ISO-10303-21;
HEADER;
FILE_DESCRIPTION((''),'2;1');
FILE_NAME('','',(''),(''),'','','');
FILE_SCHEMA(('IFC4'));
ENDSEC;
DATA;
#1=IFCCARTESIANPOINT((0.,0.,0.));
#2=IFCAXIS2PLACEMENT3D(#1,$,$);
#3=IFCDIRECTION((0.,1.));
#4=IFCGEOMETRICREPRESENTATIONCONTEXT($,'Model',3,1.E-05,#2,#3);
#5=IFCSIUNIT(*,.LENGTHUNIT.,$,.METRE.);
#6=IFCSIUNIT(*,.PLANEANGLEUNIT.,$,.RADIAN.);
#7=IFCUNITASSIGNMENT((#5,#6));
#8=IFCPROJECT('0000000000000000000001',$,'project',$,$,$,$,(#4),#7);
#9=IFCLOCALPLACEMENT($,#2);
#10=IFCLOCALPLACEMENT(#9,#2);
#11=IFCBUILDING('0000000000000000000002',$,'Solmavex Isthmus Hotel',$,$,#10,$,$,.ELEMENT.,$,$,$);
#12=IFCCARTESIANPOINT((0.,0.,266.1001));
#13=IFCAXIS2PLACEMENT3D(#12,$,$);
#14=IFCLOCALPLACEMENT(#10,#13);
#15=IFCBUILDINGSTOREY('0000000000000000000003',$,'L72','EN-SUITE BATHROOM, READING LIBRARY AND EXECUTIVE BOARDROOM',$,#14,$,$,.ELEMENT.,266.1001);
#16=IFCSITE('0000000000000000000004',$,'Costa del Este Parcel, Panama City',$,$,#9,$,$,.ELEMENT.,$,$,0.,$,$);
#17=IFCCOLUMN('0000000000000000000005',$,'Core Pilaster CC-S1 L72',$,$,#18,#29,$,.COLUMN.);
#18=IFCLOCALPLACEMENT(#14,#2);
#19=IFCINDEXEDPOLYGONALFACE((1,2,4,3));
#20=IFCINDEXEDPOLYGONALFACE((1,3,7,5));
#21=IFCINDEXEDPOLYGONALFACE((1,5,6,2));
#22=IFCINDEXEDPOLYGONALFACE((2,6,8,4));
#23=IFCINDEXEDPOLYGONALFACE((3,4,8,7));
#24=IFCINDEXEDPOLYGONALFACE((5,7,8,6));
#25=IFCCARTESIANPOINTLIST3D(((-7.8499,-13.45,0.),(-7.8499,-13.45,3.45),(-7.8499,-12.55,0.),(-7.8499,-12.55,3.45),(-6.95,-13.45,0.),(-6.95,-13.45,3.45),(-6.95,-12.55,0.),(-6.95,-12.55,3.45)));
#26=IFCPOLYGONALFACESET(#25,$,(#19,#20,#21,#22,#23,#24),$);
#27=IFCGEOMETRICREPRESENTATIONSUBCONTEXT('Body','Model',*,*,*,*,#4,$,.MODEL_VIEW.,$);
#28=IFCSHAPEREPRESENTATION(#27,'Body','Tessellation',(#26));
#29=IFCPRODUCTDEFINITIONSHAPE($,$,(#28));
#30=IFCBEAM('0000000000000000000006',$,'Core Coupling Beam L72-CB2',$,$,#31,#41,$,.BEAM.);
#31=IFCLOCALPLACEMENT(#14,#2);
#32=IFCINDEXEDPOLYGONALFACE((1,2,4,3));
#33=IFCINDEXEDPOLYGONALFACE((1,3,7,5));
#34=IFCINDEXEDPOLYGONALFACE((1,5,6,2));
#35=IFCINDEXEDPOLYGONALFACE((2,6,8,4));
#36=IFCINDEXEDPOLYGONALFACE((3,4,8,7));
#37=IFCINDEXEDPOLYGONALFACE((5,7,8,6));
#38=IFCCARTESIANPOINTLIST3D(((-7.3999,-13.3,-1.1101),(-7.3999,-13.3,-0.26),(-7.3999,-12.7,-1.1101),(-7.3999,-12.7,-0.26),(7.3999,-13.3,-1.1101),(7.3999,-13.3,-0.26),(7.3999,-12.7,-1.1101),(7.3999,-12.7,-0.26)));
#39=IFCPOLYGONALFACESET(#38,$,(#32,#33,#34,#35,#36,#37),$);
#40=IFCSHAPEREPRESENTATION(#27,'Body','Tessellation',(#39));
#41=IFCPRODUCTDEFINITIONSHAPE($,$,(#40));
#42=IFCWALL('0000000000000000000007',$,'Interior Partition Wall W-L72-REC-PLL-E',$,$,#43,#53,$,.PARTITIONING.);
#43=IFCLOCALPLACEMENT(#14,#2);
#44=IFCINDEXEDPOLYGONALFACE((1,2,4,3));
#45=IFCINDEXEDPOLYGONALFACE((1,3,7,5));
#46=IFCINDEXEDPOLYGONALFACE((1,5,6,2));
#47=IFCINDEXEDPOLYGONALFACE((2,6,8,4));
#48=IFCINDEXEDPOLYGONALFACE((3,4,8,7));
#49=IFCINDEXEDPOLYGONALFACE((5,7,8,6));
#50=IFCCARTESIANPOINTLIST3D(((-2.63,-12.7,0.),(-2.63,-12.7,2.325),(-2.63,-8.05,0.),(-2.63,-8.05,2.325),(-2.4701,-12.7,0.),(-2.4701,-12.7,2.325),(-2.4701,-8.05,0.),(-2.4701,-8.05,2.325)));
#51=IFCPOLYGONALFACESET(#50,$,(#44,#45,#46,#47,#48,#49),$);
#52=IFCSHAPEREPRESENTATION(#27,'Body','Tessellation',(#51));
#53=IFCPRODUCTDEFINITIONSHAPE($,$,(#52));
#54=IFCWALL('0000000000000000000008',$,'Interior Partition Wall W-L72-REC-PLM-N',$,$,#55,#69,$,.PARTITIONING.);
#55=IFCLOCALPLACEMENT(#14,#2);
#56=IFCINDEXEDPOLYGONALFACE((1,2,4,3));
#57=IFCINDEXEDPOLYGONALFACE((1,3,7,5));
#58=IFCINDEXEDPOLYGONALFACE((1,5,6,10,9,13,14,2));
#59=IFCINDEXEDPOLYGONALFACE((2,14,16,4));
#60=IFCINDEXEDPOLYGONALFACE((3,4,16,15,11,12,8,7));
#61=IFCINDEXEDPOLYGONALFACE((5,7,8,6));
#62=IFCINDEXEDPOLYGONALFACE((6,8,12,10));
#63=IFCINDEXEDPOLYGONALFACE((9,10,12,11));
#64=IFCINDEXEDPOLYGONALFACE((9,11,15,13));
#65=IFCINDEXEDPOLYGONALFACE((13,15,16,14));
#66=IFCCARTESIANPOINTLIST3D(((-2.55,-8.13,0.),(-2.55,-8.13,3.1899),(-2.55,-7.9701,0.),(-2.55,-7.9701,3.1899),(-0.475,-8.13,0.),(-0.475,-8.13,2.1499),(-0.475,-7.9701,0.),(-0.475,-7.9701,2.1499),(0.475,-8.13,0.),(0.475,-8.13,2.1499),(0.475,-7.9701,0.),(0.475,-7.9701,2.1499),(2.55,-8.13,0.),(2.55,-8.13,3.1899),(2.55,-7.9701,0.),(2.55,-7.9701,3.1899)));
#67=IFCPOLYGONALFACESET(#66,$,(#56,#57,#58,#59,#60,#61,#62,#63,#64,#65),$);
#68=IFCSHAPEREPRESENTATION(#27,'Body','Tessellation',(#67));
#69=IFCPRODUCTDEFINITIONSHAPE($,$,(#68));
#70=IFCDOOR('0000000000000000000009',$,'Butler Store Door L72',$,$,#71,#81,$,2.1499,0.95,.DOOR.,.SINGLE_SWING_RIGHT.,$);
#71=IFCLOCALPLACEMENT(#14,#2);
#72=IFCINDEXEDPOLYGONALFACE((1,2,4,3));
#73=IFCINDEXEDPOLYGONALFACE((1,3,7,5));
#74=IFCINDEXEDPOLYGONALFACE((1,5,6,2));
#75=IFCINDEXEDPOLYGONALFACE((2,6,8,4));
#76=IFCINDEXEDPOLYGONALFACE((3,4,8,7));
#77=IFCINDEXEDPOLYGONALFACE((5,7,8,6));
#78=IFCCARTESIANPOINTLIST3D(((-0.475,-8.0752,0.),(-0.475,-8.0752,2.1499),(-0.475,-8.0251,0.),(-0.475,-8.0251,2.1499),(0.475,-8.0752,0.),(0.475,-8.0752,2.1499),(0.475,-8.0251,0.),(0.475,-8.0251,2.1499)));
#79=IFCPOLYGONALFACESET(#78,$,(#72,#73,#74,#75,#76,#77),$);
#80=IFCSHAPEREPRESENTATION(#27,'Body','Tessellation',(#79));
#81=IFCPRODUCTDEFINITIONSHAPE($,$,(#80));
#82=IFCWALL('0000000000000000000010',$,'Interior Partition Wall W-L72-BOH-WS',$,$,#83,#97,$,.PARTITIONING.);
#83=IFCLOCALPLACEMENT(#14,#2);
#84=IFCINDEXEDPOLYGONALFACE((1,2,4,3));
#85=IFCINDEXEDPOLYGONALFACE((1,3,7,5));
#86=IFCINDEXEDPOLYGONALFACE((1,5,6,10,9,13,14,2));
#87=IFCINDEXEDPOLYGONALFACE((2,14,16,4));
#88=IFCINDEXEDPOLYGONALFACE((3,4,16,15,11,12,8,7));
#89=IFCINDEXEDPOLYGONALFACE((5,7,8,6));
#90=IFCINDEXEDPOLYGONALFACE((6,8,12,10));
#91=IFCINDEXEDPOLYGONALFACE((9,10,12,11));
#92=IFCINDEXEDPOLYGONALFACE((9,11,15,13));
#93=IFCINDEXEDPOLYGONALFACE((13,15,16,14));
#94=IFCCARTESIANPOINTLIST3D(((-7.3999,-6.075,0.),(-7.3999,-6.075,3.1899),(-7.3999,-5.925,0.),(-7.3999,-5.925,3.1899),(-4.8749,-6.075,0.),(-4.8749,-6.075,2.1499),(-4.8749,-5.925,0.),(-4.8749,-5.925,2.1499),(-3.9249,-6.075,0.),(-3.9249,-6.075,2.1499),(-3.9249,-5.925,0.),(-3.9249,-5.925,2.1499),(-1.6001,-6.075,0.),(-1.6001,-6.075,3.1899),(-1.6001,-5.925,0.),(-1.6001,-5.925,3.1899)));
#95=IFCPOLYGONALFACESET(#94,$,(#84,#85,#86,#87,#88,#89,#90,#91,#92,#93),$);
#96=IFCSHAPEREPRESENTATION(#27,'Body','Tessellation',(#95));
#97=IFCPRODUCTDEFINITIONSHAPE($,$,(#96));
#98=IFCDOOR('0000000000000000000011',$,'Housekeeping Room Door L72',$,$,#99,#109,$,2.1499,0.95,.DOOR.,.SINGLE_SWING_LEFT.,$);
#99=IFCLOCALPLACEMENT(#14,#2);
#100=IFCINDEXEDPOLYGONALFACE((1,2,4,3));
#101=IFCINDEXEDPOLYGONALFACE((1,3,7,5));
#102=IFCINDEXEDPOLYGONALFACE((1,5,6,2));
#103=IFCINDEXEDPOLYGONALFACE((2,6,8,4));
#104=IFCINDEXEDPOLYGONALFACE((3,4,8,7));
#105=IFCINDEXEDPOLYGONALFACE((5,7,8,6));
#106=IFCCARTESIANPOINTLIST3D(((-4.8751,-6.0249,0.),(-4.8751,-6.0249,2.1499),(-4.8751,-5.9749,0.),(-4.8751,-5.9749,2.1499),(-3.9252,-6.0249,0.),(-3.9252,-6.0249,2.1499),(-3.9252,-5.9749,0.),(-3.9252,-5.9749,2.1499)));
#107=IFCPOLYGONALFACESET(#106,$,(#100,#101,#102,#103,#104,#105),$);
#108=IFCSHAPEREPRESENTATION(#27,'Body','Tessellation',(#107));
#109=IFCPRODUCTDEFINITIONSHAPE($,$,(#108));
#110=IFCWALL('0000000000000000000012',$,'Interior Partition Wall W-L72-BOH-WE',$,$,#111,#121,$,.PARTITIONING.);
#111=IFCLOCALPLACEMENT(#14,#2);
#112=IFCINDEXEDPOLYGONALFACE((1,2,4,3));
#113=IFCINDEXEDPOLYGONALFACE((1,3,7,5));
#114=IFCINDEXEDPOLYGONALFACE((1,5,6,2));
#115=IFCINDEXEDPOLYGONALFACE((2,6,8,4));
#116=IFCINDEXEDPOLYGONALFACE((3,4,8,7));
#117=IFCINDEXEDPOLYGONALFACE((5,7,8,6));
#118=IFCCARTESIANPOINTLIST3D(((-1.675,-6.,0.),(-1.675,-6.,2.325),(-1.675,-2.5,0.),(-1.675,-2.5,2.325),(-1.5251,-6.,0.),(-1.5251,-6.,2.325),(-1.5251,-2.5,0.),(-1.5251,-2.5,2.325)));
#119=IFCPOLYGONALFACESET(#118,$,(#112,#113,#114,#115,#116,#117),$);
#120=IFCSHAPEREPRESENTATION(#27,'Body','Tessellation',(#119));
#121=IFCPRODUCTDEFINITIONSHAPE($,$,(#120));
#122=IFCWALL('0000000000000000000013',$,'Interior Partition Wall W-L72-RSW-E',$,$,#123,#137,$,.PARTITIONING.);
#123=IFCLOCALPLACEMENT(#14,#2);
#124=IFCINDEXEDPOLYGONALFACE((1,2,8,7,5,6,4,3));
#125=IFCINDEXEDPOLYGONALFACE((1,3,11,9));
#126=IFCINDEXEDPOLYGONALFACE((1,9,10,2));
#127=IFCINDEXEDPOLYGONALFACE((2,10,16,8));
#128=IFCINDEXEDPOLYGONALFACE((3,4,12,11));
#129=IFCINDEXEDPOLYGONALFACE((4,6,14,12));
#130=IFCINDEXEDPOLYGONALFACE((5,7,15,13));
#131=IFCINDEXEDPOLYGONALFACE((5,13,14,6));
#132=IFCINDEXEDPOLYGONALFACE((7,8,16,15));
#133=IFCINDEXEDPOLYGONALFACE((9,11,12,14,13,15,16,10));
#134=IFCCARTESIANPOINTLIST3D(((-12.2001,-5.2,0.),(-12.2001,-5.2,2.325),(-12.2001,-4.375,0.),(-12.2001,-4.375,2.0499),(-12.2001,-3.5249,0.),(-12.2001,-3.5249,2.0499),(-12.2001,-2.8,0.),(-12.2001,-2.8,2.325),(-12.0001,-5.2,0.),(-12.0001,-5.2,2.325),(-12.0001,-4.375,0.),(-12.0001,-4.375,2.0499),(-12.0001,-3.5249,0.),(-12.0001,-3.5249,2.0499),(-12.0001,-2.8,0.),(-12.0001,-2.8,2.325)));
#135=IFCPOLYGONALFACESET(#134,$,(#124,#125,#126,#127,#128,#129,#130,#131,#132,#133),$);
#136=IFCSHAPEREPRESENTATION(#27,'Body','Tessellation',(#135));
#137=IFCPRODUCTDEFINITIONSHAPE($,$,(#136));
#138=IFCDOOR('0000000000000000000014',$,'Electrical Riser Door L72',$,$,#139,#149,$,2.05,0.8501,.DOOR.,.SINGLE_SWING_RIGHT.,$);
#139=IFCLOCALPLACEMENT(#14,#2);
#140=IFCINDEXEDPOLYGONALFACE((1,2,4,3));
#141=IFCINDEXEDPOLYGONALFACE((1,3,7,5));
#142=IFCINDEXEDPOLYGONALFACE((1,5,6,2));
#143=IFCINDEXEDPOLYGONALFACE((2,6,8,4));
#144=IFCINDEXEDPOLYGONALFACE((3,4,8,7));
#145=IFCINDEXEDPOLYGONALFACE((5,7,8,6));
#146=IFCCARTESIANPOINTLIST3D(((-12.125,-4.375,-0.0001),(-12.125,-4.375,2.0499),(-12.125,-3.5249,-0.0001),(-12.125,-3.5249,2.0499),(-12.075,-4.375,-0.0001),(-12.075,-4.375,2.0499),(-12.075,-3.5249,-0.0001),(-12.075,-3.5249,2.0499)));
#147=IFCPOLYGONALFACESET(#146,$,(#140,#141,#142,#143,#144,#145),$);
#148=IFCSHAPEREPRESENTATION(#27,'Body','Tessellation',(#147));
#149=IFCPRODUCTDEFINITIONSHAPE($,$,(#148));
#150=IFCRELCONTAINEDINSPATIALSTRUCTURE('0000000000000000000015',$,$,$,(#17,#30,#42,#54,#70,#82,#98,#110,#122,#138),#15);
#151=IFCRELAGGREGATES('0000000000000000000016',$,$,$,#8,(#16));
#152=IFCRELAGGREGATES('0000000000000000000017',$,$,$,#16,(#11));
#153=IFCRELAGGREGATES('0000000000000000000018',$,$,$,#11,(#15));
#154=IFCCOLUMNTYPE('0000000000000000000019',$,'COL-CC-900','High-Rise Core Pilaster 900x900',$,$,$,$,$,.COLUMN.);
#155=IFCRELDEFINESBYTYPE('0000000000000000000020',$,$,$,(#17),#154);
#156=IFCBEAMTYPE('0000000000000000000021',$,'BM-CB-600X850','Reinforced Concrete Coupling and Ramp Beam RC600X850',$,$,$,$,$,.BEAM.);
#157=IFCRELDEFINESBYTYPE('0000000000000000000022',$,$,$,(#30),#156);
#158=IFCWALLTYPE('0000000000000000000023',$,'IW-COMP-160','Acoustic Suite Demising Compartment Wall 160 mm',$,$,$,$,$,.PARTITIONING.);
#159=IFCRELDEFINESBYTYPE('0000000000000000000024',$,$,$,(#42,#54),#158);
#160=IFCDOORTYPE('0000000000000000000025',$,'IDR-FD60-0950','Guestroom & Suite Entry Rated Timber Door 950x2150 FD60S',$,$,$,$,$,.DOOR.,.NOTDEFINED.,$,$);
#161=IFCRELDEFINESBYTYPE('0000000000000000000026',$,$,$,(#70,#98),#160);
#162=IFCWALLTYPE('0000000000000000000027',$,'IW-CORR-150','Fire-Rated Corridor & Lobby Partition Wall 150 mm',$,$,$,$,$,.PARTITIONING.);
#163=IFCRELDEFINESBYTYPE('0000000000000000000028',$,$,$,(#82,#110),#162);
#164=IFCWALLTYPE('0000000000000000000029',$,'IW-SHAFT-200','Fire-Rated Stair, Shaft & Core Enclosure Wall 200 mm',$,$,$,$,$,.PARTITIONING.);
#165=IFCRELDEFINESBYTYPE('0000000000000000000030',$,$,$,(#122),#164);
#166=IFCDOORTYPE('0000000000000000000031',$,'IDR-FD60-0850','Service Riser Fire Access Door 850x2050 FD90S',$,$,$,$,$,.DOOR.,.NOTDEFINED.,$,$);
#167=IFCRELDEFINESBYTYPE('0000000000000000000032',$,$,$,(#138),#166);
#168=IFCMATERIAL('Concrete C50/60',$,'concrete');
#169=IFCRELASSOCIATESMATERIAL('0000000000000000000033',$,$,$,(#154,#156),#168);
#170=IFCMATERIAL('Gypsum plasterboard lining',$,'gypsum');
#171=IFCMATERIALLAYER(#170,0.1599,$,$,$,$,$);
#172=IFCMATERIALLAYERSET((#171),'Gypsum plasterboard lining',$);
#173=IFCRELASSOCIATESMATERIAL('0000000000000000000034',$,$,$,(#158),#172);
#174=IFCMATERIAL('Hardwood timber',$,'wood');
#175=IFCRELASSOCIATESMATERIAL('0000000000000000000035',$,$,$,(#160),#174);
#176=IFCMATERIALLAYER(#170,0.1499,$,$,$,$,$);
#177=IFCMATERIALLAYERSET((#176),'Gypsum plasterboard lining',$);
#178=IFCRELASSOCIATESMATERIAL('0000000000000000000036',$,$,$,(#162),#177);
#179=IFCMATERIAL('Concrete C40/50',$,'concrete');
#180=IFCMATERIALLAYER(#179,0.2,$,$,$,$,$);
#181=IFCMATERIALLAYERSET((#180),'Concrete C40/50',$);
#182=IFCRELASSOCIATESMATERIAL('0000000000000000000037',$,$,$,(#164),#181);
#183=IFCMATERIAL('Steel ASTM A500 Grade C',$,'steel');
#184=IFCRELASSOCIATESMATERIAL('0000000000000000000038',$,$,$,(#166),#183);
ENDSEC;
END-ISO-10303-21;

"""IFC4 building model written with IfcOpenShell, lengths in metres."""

from ifc_helpers import new_model, si_unit, direction, frame, frame_2d, origin, origin_2d, place, context, subcontext, project, spatial, rectangle, extrude, material, layer, layer_set, material_profile, profile_set, type_object, element, fill, save


model = new_model("IFC4")

# Units and contexts
model_context = context("Model", 3, precision=1e-05, world=origin(), true_north=direction((0.0, 1.0)))
body_context = subcontext(model_context, "Body", "Model", "MODEL_VIEW")
ifc_project = project(units=[si_unit("LENGTHUNIT", "METRE"), si_unit("PLANEANGLEUNIT", "RADIAN")], contexts=[model_context])

# Site, building, storey
site_placement = place(None, origin())
site = spatial("IfcSite", under=ifc_project, at=site_placement, Name="Costa del Este Parcel, Panama City", CompositionType="ELEMENT", RefElevation=0.0)
building_placement = place(site_placement, origin())
building = spatial("IfcBuilding", under=site, at=building_placement, Name="Solmavex Isthmus Hotel", CompositionType="ELEMENT")
storey_placement = place(building_placement, frame((0.0, 0.0, 266.1001)))
storey = spatial("IfcBuildingStorey", under=building, at=storey_placement, Name="L72", Description="EN-SUITE BATHROOM, READING LIBRARY AND EXECUTIVE BOARDROOM", CompositionType="ELEMENT", Elevation=266.1001)

# Column
ifc_material_1 = material(Name="Concrete C50/60", Category="concrete")
ifc_material_profile_1 = material_profile(ifc_material_1, rectangle(XDim=0.8999, YDim=0.8999, at=origin_2d()), Name="RC900X900")
ifc_profile_set_1 = profile_set([ifc_material_profile_1], Name="Concrete C50/60")
column_type = type_object("IfcColumnType", Name="COL-CC-900", Description="High-Rise Core Pilaster 900x900", PredefinedType="COLUMN", material=ifc_profile_set_1)
column_placement = place(storey_placement, frame((-7.3999, -13.0, 0.0), z_axis=(0.0, 0.0, 1.0), x_axis=(1.0, 0.0, 0.0)))
element("IfcColumn", 1, at=column_placement, inside=storey, type_object=column_type, Name="Core Pilaster CC-S1 L72", PredefinedType="COLUMN", context=body_context, shape_type="SweptSolid", body=[
    extrude(rectangle(XDim=0.8999, YDim=0.8999, at=origin_2d()), origin(), (0.0, 0.0, 1.0), 3.45),
])

# Beam
ifc_material_profile_2 = material_profile(ifc_material_1, rectangle(XDim=0.6001, YDim=0.8501, at=origin_2d()), Name="RC600X850")
ifc_profile_set_2 = profile_set([ifc_material_profile_2], Name="Concrete C50/60")
beam_type = type_object("IfcBeamType", Name="BM-CB-600X850", Description="Reinforced Concrete Coupling and Ramp Beam RC600X850", PredefinedType="BEAM", material=ifc_profile_set_2)
beam_placement = place(storey_placement, frame((-7.3999, -13.0, -0.6851), z_axis=(1.0, 0.0, 0.0), x_axis=(0.0, 1.0, 0.0)))
element("IfcBeam", 2, at=beam_placement, inside=storey, type_object=beam_type, Name="Core Coupling Beam L72-CB2", PredefinedType="BEAM", context=body_context, shape_type="SweptSolid", body=[
    extrude(rectangle(XDim=0.6001, YDim=0.8501, at=origin_2d()), origin(), (0.0, 0.0, 1.0), 14.7998),
])

# Shared definitions
ifc_material_2 = material(Name="Gypsum plasterboard lining", Category="gypsum")
ifc_layer_1 = layer(ifc_material_2, 0.1599)
ifc_layer_set_1 = layer_set([ifc_layer_1], Name="Gypsum plasterboard lining")
wall_type_1 = type_object("IfcWallType", Name="IW-COMP-160", Description="Acoustic Suite Demising Compartment Wall 160 mm", PredefinedType="PARTITIONING", material=ifc_layer_set_1)
ifc_material_3 = material(Name="Hardwood timber", Category="wood")
door_type_1 = type_object("IfcDoorType", Name="IDR-FD60-0950", Description="Guestroom & Suite Entry Rated Timber Door 950x2150 FD60S", OperationType="NOTDEFINED", PredefinedType="DOOR", material=ifc_material_3)

# Wall
wall_1_placement = place(storey_placement, frame((-2.55, -12.7, 0.0), z_axis=(0.0, 0.0, 1.0), x_axis=(0.0, 1.0, 0.0)))
element("IfcWall", 3, at=wall_1_placement, inside=storey, type_object=wall_type_1, Name="Interior Partition Wall W-L72-REC-PLL-E", PredefinedType="PARTITIONING", context=body_context, shape_type="SweptSolid", body=[
    extrude(rectangle(XDim=4.6499, YDim=0.1599, at=frame_2d((2.325, 0.0))), origin(), (0.0, 0.0, 1.0), 2.325),
])

# Walls, openings, doors
wall_2_placement = place(storey_placement, frame((-2.55, -8.05, 0.0), z_axis=(0.0, 0.0, 1.0), x_axis=(1.0, 0.0, 0.0)))
wall_2 = element("IfcWall", 4, at=wall_2_placement, inside=storey, type_object=wall_type_1, Name="Interior Partition Wall W-L72-REC-PLM-N", PredefinedType="PARTITIONING", context=body_context, shape_type="SweptSolid", body=[
    extrude(rectangle(XDim=5.1001, YDim=0.1599, at=frame_2d((2.55, 0.0))), origin(), (0.0, 0.0, 1.0), 3.1899),
])
opening_1_placement = place(wall_2_placement, frame((2.075, 0.0, 0.0)))
opening_1 = element("IfcOpeningElement", 5, at=opening_1_placement, cuts=wall_2, PredefinedType="OPENING", context=body_context, shape_type="SweptSolid", body=[
    extrude(rectangle(XDim=0.95, YDim=2.1499, at=frame_2d((0.4751, 1.075))), frame((0.0, 0.0898, 0.0), z_axis=(0.0, -1.0, 0.0), x_axis=(1.0, 0.0, 0.0)), (0.0, 0.0, 1.0), 0.1799),
])
door_1_placement = place(opening_1_placement, origin())
door_1 = element("IfcDoor", 6, at=door_1_placement, inside=storey, type_object=door_type_1, Name="Butler Store Door L72", OperationType="SINGLE_SWING_RIGHT", OverallHeight=2.1499, OverallWidth=0.95, PredefinedType="DOOR", context=body_context, shape_type="SweptSolid", body=[
    extrude(rectangle(XDim=0.95, YDim=2.1499, at=frame_2d((0.4751, 1.075))), frame((0.0, 0.0249, 0.0), z_axis=(0.0, -1.0, 0.0), x_axis=(1.0, 0.0, 0.0)), (0.0, 0.0, 1.0), 0.05),
])
fill(opening_1, door_1)
ifc_layer_2 = layer(ifc_material_2, 0.1499)
ifc_layer_set_2 = layer_set([ifc_layer_2], Name="Gypsum plasterboard lining")
wall_type_2 = type_object("IfcWallType", Name="IW-CORR-150", Description="Fire-Rated Corridor & Lobby Partition Wall 150 mm", PredefinedType="PARTITIONING", material=ifc_layer_set_2)
wall_3_placement = place(storey_placement, frame((-7.3999, -6.0, 0.0), z_axis=(0.0, 0.0, 1.0), x_axis=(1.0, 0.0, 0.0)))
wall_3 = element("IfcWall", 7, at=wall_3_placement, inside=storey, type_object=wall_type_2, Name="Interior Partition Wall W-L72-BOH-WS", PredefinedType="PARTITIONING", context=body_context, shape_type="SweptSolid", body=[
    extrude(rectangle(XDim=5.7998, YDim=0.1499, at=frame_2d((2.8999, 0.0))), origin(), (0.0, 0.0, 1.0), 3.1899),
])
opening_2_placement = place(wall_3_placement, frame((2.5249, 0.0, 0.0)))
opening_2 = element("IfcOpeningElement", 8, at=opening_2_placement, cuts=wall_3, PredefinedType="OPENING", context=body_context, shape_type="SweptSolid", body=[
    extrude(rectangle(XDim=0.95, YDim=2.1499, at=frame_2d((0.4751, 1.075))), frame((0.0, 0.085, 0.0), z_axis=(0.0, -1.0, 0.0), x_axis=(1.0, 0.0, 0.0)), (0.0, 0.0, 1.0), 0.1699),
])
door_2_placement = place(opening_2_placement, frame((0.95, 0.0, 0.0), z_axis=(0.0, 0.0, 1.0), x_axis=(-1.0, 0.0, 0.0)))
door_2 = element("IfcDoor", 9, at=door_2_placement, inside=storey, type_object=door_type_1, Name="Housekeeping Room Door L72", OperationType="SINGLE_SWING_LEFT", OverallHeight=2.1499, OverallWidth=0.95, PredefinedType="DOOR", context=body_context, shape_type="SweptSolid", body=[
    extrude(rectangle(XDim=0.95, YDim=2.1499, at=frame_2d((0.4751, 1.075))), frame((0.0, 0.0249, 0.0), z_axis=(0.0, -1.0, 0.0), x_axis=(1.0, 0.0, 0.0)), (0.0, 0.0, 1.0), 0.05),
])
fill(opening_2, door_2)

# Wall
wall_4_placement = place(storey_placement, frame((-1.6001, -6.0, 0.0), z_axis=(0.0, 0.0, 1.0), x_axis=(0.0, 1.0, 0.0)))
element("IfcWall", 10, at=wall_4_placement, inside=storey, type_object=wall_type_2, Name="Interior Partition Wall W-L72-BOH-WE", PredefinedType="PARTITIONING", context=body_context, shape_type="SweptSolid", body=[
    extrude(rectangle(XDim=3.5, YDim=0.1499, at=frame_2d((1.75, 0.0))), origin(), (0.0, 0.0, 1.0), 2.325),
])

# Wall, opening, door
ifc_material_4 = material(Name="Concrete C40/50", Category="concrete")
ifc_layer_3 = layer(ifc_material_4, 0.2)
ifc_layer_set_3 = layer_set([ifc_layer_3], Name="Concrete C40/50")
wall_type_3 = type_object("IfcWallType", Name="IW-SHAFT-200", Description="Fire-Rated Stair, Shaft & Core Enclosure Wall 200 mm", PredefinedType="PARTITIONING", material=ifc_layer_set_3)
wall_5_placement = place(storey_placement, frame((-12.1001, -5.2, 0.0), z_axis=(0.0, 0.0, 1.0), x_axis=(0.0, 1.0, 0.0)))
wall_5 = element("IfcWall", 11, at=wall_5_placement, inside=storey, type_object=wall_type_3, Name="Interior Partition Wall W-L72-RSW-E", PredefinedType="PARTITIONING", context=body_context, shape_type="SweptSolid", body=[
    extrude(rectangle(XDim=2.3999, YDim=0.2, at=frame_2d((1.2, 0.0))), origin(), (0.0, 0.0, 1.0), 2.325),
])
opening_3_placement = place(wall_5_placement, frame((0.825, 0.0, 0.0)))
opening_3 = element("IfcOpeningElement", 12, at=opening_3_placement, cuts=wall_5, PredefinedType="OPENING", context=body_context, shape_type="SweptSolid", body=[
    extrude(rectangle(XDim=0.8501, YDim=2.05, at=frame_2d((0.425, 1.0249))), frame((0.0, 0.1099, 0.0), z_axis=(0.0, -1.0, 0.0), x_axis=(1.0, 0.0, 0.0)), (0.0, 0.0, 1.0), 0.22),
])
ifc_material_5 = material(Name="Steel ASTM A500 Grade C", Category="steel")
door_type_2 = type_object("IfcDoorType", Name="IDR-FD60-0850", Description="Service Riser Fire Access Door 850x2050 FD90S", OperationType="NOTDEFINED", PredefinedType="DOOR", material=ifc_material_5)
door_3_placement = place(opening_3_placement, origin())
door_3 = element("IfcDoor", 13, at=door_3_placement, inside=storey, type_object=door_type_2, Name="Electrical Riser Door L72", OperationType="SINGLE_SWING_RIGHT", OverallHeight=2.05, OverallWidth=0.8501, PredefinedType="DOOR", context=body_context, shape_type="SweptSolid", body=[
    extrude(rectangle(XDim=0.8501, YDim=2.05, at=frame_2d((0.425, 1.0249))), frame((0.0, 0.0249, 0.0), z_axis=(0.0, -1.0, 0.0), x_axis=(1.0, 0.0, 0.0)), (0.0, 0.0, 1.0), 0.05),
])
fill(opening_3, door_3)

save(model, "model.ifc")
